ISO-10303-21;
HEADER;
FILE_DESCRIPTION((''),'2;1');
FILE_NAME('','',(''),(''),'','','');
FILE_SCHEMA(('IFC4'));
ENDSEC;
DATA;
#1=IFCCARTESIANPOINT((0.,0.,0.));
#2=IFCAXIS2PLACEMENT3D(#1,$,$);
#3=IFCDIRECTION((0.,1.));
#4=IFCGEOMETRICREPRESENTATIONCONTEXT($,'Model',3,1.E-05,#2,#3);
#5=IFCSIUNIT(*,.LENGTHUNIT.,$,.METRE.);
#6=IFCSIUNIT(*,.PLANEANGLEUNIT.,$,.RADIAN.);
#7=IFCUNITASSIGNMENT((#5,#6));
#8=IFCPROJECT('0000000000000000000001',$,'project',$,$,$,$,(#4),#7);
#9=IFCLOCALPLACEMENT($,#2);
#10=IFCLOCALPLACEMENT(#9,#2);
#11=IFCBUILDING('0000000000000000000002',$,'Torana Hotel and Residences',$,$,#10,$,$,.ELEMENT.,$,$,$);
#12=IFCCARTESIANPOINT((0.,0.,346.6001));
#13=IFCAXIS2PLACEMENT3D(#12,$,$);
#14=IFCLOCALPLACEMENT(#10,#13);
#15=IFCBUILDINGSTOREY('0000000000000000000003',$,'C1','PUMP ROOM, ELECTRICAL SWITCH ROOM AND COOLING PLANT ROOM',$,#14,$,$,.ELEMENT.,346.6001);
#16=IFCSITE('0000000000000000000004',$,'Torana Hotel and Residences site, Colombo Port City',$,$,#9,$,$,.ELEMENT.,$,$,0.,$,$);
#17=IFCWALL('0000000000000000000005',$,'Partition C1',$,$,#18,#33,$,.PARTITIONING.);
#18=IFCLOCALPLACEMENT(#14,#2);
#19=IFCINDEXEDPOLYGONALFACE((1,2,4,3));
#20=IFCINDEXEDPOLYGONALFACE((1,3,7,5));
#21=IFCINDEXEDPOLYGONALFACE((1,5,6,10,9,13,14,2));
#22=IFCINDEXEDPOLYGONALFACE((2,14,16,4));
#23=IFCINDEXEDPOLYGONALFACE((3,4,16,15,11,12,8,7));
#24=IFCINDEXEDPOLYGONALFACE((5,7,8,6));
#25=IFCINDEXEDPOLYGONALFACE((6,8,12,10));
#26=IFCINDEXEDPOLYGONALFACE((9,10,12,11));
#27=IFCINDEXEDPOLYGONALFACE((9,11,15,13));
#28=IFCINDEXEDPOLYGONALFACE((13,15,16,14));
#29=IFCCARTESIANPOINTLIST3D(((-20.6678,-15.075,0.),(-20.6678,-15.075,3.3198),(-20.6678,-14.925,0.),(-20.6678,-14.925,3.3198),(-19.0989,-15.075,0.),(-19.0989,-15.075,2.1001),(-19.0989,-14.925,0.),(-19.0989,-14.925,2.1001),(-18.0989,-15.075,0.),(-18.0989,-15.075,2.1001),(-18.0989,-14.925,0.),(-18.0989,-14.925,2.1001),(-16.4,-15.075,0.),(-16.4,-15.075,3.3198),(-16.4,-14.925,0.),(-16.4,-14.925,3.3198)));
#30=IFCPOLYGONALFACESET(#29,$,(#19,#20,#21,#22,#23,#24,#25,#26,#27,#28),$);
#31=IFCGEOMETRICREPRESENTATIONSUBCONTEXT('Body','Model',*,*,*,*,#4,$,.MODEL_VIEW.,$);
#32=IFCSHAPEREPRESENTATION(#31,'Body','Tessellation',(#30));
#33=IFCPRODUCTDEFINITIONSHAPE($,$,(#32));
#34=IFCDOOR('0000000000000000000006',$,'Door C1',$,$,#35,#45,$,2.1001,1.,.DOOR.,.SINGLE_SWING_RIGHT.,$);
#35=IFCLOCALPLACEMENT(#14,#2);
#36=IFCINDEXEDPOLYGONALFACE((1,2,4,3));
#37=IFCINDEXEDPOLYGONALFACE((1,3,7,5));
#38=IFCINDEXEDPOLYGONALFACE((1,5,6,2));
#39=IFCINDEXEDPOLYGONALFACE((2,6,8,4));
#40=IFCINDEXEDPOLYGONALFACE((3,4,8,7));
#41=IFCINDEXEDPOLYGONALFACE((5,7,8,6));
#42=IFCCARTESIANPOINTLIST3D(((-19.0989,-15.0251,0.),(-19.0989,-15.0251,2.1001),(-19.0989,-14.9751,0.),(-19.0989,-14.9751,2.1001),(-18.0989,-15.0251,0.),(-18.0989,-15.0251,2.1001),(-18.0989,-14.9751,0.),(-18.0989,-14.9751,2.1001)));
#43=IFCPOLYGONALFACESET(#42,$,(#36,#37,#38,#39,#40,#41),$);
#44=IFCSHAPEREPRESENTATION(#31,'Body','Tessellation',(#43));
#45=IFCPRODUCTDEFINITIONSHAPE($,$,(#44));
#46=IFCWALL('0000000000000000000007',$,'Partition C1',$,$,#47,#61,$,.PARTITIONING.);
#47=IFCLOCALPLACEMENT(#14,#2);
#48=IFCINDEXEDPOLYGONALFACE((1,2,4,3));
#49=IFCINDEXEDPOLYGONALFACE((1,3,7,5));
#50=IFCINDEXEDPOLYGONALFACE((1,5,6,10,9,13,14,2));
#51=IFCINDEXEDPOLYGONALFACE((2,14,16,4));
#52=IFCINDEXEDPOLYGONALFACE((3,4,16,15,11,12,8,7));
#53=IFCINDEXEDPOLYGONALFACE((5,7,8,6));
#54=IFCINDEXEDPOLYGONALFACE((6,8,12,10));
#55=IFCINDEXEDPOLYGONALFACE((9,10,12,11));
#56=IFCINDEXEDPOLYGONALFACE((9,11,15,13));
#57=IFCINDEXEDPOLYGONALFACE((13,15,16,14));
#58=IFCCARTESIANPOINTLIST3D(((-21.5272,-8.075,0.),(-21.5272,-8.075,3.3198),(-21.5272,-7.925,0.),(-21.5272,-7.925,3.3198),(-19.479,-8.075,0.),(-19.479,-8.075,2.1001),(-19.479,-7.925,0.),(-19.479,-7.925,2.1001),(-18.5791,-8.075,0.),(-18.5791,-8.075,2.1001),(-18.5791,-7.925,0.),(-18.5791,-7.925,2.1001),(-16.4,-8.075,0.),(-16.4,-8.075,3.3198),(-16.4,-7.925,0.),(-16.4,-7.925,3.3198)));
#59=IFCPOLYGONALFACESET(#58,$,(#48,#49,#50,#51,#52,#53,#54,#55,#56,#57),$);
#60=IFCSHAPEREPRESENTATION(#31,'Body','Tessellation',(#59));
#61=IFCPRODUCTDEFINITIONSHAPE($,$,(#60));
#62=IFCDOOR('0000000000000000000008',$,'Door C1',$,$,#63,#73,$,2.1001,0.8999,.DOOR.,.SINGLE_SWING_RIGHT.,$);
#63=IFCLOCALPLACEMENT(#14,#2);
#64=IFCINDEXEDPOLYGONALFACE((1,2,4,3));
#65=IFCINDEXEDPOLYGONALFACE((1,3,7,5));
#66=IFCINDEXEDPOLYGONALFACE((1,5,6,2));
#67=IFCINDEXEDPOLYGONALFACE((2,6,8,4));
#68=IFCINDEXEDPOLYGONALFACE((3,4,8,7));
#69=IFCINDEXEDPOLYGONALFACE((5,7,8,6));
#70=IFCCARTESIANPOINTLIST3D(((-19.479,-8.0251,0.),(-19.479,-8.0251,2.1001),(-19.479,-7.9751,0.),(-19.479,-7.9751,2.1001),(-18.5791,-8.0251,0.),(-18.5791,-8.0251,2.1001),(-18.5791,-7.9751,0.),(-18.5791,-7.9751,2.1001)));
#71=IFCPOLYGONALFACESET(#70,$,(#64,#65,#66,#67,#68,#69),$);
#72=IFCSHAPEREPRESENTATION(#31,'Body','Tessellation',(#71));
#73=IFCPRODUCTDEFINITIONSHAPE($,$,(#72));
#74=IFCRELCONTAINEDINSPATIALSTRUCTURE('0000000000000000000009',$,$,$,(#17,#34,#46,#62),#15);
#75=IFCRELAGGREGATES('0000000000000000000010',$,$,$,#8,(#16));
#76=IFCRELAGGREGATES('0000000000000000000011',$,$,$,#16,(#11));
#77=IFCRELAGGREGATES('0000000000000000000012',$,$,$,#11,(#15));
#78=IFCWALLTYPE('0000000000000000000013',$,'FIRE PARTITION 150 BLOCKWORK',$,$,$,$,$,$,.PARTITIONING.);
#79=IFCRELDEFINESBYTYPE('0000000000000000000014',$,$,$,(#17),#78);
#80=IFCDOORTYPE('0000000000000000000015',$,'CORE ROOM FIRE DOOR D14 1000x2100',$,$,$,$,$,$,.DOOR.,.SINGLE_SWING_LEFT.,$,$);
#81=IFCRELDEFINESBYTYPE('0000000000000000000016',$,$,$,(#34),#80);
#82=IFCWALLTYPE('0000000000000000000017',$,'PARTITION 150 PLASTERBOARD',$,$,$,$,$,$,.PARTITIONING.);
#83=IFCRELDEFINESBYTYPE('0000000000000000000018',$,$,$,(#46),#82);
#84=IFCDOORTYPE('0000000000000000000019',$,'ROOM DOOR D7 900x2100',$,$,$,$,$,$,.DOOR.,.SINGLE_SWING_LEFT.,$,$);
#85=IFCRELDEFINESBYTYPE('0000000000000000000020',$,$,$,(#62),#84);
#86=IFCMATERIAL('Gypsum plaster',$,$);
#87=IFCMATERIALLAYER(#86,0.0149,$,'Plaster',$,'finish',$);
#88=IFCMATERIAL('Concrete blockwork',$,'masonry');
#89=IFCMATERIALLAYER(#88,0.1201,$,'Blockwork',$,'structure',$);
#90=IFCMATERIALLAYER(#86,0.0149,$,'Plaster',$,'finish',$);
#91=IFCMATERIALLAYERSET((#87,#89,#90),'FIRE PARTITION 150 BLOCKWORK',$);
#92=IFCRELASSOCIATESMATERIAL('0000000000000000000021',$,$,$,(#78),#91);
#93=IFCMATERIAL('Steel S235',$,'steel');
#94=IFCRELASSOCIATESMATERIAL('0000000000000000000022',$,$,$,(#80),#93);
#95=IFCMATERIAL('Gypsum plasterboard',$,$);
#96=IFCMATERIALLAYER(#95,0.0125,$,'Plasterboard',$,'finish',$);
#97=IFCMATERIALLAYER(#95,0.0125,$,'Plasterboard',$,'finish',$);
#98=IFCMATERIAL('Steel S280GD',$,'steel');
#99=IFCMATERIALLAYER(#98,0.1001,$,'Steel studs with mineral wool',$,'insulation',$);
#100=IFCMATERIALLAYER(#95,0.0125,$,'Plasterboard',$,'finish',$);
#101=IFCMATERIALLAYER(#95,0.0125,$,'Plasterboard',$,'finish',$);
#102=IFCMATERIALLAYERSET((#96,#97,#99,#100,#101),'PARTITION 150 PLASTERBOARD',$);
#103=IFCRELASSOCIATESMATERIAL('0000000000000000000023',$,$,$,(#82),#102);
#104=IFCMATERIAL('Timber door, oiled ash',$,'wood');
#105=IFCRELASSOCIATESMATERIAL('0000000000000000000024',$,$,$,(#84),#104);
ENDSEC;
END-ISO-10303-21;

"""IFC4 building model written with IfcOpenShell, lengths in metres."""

from ifc_helpers import new_model, si_unit, direction, frame, frame_2d, origin, place, context, subcontext, project, spatial, rectangle, extrude, material, layer, layer_set, type_object, element, fill, save


model = new_model("IFC4")

# Units and contexts
model_context = context("Model", 3, precision=1e-05, world=origin(), true_north=direction((0.0, 1.0)))
body_context = subcontext(model_context, "Body", "Model", "MODEL_VIEW")
ifc_project = project(units=[si_unit("LENGTHUNIT", "METRE"), si_unit("PLANEANGLEUNIT", "RADIAN")], contexts=[model_context])

# Site, building, storey
site_placement = place(None, origin())
site = spatial("IfcSite", under=ifc_project, at=site_placement, Name="Torana Hotel and Residences site, Colombo Port City", CompositionType="ELEMENT", RefElevation=0.0)
building_placement = place(site_placement, origin())
building = spatial("IfcBuilding", under=site, at=building_placement, Name="Torana Hotel and Residences", CompositionType="ELEMENT")
storey_placement = place(building_placement, frame((0.0, 0.0, 346.6001)))
storey = spatial("IfcBuildingStorey", under=building, at=storey_placement, Name="C1", Description="PUMP ROOM, ELECTRICAL SWITCH ROOM AND COOLING PLANT ROOM", CompositionType="ELEMENT", Elevation=346.6001)

# Walls, openings, doors
ifc_material_1 = material(Name="Gypsum plaster")
ifc_layer_1 = layer(ifc_material_1, 0.0149, Name="Plaster", Category="finish")
ifc_material_2 = material(Name="Concrete blockwork", Category="masonry")
ifc_layer_2 = layer(ifc_material_2, 0.1201, Name="Blockwork", Category="structure")
ifc_layer_3 = layer(ifc_material_1, 0.0149, Name="Plaster", Category="finish")
ifc_layer_set_1 = layer_set([ifc_layer_1, ifc_layer_2, ifc_layer_3], Name="FIRE PARTITION 150 BLOCKWORK")
wall_type_1 = type_object("IfcWallType", Name="FIRE PARTITION 150 BLOCKWORK", PredefinedType="PARTITIONING", material=ifc_layer_set_1)
wall_1_placement = place(storey_placement, frame((-20.6677, -15.0, 0.0), z_axis=(0.0, 0.0, 1.0), x_axis=(1.0, 0.0, 0.0)))
wall_1 = element("IfcWall", 1, at=wall_1_placement, inside=storey, type_object=wall_type_1, Name="Partition C1", PredefinedType="PARTITIONING", context=body_context, shape_type="SweptSolid", body=[
    extrude(rectangle(XDim=4.2678, YDim=0.1499, at=frame_2d((2.1338, 0.0))), origin(), (0.0, 0.0, 1.0), 3.3198),
])
opening_1_placement = place(wall_1_placement, frame((1.5688, 0.0, 0.0)))
opening_1 = element("IfcOpeningElement", 2, at=opening_1_placement, cuts=wall_1, PredefinedType="OPENING", context=body_context, shape_type="SweptSolid", body=[
    extrude(rectangle(XDim=1.0, YDim=2.1001, at=frame_2d((0.5, 1.05))), frame((0.0, 0.085, 0.0), z_axis=(0.0, -1.0, 0.0), x_axis=(1.0, 0.0, 0.0)), (0.0, 0.0, 1.0), 0.1699),
])
ifc_material_3 = material(Name="Steel S235", Category="steel")
door_type_1 = type_object("IfcDoorType", Name="CORE ROOM FIRE DOOR D14 1000x2100", OperationType="SINGLE_SWING_LEFT", PredefinedType="DOOR", material=ifc_material_3)
door_1_placement = place(opening_1_placement, origin())
door_1 = element("IfcDoor", 3, at=door_1_placement, inside=storey, type_object=door_type_1, Name="Door C1", OperationType="SINGLE_SWING_RIGHT", OverallHeight=2.1001, OverallWidth=1.0, PredefinedType="DOOR", context=body_context, shape_type="SweptSolid", body=[
    extrude(rectangle(XDim=1.0, YDim=2.1001, at=frame_2d((0.5, 1.05))), frame((0.0, 0.0249, 0.0), z_axis=(0.0, -1.0, 0.0), x_axis=(1.0, 0.0, 0.0)), (0.0, 0.0, 1.0), 0.05),
])
fill(opening_1, door_1)
ifc_material_4 = material(Name="Gypsum plasterboard")
ifc_layer_4 = layer(ifc_material_4, 0.0125, Name="Plasterboard", Category="finish")
ifc_layer_5 = layer(ifc_material_4, 0.0125, Name="Plasterboard", Category="finish")
ifc_material_5 = material(Name="Steel S280GD", Category="steel")
ifc_layer_6 = layer(ifc_material_5, 0.1001, Name="Steel studs with mineral wool", Category="insulation")
ifc_layer_7 = layer(ifc_material_4, 0.0125, Name="Plasterboard", Category="finish")
ifc_layer_8 = layer(ifc_material_4, 0.0125, Name="Plasterboard", Category="finish")
ifc_layer_set_2 = layer_set([ifc_layer_4, ifc_layer_5, ifc_layer_6, ifc_layer_7, ifc_layer_8], Name="PARTITION 150 PLASTERBOARD")
wall_type_2 = type_object("IfcWallType", Name="PARTITION 150 PLASTERBOARD", PredefinedType="PARTITIONING", material=ifc_layer_set_2)
wall_2_placement = place(storey_placement, frame((-21.5271, -8.0, 0.0), z_axis=(0.0, 0.0, 1.0), x_axis=(1.0, 0.0, 0.0)))
wall_2 = element("IfcWall", 4, at=wall_2_placement, inside=storey, type_object=wall_type_2, Name="Partition C1", PredefinedType="PARTITIONING", context=body_context, shape_type="SweptSolid", body=[
    extrude(rectangle(XDim=5.1272, YDim=0.1499, at=frame_2d((2.5635, 0.0))), origin(), (0.0, 0.0, 1.0), 3.3198),
])
opening_2_placement = place(wall_2_placement, frame((2.0481, 0.0, 0.0)))
opening_2 = element("IfcOpeningElement", 5, at=opening_2_placement, cuts=wall_2, PredefinedType="OPENING", context=body_context, shape_type="SweptSolid", body=[
    extrude(rectangle(XDim=0.8999, YDim=2.1001, at=frame_2d((0.45, 1.05))), frame((0.0, 0.085, 0.0), z_axis=(0.0, -1.0, 0.0), x_axis=(1.0, 0.0, 0.0)), (0.0, 0.0, 1.0), 0.1699),
])
ifc_material_6 = material(Name="Timber door, oiled ash", Category="wood")
door_type_2 = type_object("IfcDoorType", Name="ROOM DOOR D7 900x2100", OperationType="SINGLE_SWING_LEFT", PredefinedType="DOOR", material=ifc_material_6)
door_2_placement = place(opening_2_placement, origin())
door_2 = element("IfcDoor", 6, at=door_2_placement, inside=storey, type_object=door_type_2, Name="Door C1", OperationType="SINGLE_SWING_RIGHT", OverallHeight=2.1001, OverallWidth=0.8999, PredefinedType="DOOR", context=body_context, shape_type="SweptSolid", body=[
    extrude(rectangle(XDim=0.8999, YDim=2.1001, at=frame_2d((0.45, 1.05))), frame((0.0, 0.0249, 0.0), z_axis=(0.0, -1.0, 0.0), x_axis=(1.0, 0.0, 0.0)), (0.0, 0.0, 1.0), 0.05),
])
fill(opening_2, door_2)

save(model, "model.ifc")
